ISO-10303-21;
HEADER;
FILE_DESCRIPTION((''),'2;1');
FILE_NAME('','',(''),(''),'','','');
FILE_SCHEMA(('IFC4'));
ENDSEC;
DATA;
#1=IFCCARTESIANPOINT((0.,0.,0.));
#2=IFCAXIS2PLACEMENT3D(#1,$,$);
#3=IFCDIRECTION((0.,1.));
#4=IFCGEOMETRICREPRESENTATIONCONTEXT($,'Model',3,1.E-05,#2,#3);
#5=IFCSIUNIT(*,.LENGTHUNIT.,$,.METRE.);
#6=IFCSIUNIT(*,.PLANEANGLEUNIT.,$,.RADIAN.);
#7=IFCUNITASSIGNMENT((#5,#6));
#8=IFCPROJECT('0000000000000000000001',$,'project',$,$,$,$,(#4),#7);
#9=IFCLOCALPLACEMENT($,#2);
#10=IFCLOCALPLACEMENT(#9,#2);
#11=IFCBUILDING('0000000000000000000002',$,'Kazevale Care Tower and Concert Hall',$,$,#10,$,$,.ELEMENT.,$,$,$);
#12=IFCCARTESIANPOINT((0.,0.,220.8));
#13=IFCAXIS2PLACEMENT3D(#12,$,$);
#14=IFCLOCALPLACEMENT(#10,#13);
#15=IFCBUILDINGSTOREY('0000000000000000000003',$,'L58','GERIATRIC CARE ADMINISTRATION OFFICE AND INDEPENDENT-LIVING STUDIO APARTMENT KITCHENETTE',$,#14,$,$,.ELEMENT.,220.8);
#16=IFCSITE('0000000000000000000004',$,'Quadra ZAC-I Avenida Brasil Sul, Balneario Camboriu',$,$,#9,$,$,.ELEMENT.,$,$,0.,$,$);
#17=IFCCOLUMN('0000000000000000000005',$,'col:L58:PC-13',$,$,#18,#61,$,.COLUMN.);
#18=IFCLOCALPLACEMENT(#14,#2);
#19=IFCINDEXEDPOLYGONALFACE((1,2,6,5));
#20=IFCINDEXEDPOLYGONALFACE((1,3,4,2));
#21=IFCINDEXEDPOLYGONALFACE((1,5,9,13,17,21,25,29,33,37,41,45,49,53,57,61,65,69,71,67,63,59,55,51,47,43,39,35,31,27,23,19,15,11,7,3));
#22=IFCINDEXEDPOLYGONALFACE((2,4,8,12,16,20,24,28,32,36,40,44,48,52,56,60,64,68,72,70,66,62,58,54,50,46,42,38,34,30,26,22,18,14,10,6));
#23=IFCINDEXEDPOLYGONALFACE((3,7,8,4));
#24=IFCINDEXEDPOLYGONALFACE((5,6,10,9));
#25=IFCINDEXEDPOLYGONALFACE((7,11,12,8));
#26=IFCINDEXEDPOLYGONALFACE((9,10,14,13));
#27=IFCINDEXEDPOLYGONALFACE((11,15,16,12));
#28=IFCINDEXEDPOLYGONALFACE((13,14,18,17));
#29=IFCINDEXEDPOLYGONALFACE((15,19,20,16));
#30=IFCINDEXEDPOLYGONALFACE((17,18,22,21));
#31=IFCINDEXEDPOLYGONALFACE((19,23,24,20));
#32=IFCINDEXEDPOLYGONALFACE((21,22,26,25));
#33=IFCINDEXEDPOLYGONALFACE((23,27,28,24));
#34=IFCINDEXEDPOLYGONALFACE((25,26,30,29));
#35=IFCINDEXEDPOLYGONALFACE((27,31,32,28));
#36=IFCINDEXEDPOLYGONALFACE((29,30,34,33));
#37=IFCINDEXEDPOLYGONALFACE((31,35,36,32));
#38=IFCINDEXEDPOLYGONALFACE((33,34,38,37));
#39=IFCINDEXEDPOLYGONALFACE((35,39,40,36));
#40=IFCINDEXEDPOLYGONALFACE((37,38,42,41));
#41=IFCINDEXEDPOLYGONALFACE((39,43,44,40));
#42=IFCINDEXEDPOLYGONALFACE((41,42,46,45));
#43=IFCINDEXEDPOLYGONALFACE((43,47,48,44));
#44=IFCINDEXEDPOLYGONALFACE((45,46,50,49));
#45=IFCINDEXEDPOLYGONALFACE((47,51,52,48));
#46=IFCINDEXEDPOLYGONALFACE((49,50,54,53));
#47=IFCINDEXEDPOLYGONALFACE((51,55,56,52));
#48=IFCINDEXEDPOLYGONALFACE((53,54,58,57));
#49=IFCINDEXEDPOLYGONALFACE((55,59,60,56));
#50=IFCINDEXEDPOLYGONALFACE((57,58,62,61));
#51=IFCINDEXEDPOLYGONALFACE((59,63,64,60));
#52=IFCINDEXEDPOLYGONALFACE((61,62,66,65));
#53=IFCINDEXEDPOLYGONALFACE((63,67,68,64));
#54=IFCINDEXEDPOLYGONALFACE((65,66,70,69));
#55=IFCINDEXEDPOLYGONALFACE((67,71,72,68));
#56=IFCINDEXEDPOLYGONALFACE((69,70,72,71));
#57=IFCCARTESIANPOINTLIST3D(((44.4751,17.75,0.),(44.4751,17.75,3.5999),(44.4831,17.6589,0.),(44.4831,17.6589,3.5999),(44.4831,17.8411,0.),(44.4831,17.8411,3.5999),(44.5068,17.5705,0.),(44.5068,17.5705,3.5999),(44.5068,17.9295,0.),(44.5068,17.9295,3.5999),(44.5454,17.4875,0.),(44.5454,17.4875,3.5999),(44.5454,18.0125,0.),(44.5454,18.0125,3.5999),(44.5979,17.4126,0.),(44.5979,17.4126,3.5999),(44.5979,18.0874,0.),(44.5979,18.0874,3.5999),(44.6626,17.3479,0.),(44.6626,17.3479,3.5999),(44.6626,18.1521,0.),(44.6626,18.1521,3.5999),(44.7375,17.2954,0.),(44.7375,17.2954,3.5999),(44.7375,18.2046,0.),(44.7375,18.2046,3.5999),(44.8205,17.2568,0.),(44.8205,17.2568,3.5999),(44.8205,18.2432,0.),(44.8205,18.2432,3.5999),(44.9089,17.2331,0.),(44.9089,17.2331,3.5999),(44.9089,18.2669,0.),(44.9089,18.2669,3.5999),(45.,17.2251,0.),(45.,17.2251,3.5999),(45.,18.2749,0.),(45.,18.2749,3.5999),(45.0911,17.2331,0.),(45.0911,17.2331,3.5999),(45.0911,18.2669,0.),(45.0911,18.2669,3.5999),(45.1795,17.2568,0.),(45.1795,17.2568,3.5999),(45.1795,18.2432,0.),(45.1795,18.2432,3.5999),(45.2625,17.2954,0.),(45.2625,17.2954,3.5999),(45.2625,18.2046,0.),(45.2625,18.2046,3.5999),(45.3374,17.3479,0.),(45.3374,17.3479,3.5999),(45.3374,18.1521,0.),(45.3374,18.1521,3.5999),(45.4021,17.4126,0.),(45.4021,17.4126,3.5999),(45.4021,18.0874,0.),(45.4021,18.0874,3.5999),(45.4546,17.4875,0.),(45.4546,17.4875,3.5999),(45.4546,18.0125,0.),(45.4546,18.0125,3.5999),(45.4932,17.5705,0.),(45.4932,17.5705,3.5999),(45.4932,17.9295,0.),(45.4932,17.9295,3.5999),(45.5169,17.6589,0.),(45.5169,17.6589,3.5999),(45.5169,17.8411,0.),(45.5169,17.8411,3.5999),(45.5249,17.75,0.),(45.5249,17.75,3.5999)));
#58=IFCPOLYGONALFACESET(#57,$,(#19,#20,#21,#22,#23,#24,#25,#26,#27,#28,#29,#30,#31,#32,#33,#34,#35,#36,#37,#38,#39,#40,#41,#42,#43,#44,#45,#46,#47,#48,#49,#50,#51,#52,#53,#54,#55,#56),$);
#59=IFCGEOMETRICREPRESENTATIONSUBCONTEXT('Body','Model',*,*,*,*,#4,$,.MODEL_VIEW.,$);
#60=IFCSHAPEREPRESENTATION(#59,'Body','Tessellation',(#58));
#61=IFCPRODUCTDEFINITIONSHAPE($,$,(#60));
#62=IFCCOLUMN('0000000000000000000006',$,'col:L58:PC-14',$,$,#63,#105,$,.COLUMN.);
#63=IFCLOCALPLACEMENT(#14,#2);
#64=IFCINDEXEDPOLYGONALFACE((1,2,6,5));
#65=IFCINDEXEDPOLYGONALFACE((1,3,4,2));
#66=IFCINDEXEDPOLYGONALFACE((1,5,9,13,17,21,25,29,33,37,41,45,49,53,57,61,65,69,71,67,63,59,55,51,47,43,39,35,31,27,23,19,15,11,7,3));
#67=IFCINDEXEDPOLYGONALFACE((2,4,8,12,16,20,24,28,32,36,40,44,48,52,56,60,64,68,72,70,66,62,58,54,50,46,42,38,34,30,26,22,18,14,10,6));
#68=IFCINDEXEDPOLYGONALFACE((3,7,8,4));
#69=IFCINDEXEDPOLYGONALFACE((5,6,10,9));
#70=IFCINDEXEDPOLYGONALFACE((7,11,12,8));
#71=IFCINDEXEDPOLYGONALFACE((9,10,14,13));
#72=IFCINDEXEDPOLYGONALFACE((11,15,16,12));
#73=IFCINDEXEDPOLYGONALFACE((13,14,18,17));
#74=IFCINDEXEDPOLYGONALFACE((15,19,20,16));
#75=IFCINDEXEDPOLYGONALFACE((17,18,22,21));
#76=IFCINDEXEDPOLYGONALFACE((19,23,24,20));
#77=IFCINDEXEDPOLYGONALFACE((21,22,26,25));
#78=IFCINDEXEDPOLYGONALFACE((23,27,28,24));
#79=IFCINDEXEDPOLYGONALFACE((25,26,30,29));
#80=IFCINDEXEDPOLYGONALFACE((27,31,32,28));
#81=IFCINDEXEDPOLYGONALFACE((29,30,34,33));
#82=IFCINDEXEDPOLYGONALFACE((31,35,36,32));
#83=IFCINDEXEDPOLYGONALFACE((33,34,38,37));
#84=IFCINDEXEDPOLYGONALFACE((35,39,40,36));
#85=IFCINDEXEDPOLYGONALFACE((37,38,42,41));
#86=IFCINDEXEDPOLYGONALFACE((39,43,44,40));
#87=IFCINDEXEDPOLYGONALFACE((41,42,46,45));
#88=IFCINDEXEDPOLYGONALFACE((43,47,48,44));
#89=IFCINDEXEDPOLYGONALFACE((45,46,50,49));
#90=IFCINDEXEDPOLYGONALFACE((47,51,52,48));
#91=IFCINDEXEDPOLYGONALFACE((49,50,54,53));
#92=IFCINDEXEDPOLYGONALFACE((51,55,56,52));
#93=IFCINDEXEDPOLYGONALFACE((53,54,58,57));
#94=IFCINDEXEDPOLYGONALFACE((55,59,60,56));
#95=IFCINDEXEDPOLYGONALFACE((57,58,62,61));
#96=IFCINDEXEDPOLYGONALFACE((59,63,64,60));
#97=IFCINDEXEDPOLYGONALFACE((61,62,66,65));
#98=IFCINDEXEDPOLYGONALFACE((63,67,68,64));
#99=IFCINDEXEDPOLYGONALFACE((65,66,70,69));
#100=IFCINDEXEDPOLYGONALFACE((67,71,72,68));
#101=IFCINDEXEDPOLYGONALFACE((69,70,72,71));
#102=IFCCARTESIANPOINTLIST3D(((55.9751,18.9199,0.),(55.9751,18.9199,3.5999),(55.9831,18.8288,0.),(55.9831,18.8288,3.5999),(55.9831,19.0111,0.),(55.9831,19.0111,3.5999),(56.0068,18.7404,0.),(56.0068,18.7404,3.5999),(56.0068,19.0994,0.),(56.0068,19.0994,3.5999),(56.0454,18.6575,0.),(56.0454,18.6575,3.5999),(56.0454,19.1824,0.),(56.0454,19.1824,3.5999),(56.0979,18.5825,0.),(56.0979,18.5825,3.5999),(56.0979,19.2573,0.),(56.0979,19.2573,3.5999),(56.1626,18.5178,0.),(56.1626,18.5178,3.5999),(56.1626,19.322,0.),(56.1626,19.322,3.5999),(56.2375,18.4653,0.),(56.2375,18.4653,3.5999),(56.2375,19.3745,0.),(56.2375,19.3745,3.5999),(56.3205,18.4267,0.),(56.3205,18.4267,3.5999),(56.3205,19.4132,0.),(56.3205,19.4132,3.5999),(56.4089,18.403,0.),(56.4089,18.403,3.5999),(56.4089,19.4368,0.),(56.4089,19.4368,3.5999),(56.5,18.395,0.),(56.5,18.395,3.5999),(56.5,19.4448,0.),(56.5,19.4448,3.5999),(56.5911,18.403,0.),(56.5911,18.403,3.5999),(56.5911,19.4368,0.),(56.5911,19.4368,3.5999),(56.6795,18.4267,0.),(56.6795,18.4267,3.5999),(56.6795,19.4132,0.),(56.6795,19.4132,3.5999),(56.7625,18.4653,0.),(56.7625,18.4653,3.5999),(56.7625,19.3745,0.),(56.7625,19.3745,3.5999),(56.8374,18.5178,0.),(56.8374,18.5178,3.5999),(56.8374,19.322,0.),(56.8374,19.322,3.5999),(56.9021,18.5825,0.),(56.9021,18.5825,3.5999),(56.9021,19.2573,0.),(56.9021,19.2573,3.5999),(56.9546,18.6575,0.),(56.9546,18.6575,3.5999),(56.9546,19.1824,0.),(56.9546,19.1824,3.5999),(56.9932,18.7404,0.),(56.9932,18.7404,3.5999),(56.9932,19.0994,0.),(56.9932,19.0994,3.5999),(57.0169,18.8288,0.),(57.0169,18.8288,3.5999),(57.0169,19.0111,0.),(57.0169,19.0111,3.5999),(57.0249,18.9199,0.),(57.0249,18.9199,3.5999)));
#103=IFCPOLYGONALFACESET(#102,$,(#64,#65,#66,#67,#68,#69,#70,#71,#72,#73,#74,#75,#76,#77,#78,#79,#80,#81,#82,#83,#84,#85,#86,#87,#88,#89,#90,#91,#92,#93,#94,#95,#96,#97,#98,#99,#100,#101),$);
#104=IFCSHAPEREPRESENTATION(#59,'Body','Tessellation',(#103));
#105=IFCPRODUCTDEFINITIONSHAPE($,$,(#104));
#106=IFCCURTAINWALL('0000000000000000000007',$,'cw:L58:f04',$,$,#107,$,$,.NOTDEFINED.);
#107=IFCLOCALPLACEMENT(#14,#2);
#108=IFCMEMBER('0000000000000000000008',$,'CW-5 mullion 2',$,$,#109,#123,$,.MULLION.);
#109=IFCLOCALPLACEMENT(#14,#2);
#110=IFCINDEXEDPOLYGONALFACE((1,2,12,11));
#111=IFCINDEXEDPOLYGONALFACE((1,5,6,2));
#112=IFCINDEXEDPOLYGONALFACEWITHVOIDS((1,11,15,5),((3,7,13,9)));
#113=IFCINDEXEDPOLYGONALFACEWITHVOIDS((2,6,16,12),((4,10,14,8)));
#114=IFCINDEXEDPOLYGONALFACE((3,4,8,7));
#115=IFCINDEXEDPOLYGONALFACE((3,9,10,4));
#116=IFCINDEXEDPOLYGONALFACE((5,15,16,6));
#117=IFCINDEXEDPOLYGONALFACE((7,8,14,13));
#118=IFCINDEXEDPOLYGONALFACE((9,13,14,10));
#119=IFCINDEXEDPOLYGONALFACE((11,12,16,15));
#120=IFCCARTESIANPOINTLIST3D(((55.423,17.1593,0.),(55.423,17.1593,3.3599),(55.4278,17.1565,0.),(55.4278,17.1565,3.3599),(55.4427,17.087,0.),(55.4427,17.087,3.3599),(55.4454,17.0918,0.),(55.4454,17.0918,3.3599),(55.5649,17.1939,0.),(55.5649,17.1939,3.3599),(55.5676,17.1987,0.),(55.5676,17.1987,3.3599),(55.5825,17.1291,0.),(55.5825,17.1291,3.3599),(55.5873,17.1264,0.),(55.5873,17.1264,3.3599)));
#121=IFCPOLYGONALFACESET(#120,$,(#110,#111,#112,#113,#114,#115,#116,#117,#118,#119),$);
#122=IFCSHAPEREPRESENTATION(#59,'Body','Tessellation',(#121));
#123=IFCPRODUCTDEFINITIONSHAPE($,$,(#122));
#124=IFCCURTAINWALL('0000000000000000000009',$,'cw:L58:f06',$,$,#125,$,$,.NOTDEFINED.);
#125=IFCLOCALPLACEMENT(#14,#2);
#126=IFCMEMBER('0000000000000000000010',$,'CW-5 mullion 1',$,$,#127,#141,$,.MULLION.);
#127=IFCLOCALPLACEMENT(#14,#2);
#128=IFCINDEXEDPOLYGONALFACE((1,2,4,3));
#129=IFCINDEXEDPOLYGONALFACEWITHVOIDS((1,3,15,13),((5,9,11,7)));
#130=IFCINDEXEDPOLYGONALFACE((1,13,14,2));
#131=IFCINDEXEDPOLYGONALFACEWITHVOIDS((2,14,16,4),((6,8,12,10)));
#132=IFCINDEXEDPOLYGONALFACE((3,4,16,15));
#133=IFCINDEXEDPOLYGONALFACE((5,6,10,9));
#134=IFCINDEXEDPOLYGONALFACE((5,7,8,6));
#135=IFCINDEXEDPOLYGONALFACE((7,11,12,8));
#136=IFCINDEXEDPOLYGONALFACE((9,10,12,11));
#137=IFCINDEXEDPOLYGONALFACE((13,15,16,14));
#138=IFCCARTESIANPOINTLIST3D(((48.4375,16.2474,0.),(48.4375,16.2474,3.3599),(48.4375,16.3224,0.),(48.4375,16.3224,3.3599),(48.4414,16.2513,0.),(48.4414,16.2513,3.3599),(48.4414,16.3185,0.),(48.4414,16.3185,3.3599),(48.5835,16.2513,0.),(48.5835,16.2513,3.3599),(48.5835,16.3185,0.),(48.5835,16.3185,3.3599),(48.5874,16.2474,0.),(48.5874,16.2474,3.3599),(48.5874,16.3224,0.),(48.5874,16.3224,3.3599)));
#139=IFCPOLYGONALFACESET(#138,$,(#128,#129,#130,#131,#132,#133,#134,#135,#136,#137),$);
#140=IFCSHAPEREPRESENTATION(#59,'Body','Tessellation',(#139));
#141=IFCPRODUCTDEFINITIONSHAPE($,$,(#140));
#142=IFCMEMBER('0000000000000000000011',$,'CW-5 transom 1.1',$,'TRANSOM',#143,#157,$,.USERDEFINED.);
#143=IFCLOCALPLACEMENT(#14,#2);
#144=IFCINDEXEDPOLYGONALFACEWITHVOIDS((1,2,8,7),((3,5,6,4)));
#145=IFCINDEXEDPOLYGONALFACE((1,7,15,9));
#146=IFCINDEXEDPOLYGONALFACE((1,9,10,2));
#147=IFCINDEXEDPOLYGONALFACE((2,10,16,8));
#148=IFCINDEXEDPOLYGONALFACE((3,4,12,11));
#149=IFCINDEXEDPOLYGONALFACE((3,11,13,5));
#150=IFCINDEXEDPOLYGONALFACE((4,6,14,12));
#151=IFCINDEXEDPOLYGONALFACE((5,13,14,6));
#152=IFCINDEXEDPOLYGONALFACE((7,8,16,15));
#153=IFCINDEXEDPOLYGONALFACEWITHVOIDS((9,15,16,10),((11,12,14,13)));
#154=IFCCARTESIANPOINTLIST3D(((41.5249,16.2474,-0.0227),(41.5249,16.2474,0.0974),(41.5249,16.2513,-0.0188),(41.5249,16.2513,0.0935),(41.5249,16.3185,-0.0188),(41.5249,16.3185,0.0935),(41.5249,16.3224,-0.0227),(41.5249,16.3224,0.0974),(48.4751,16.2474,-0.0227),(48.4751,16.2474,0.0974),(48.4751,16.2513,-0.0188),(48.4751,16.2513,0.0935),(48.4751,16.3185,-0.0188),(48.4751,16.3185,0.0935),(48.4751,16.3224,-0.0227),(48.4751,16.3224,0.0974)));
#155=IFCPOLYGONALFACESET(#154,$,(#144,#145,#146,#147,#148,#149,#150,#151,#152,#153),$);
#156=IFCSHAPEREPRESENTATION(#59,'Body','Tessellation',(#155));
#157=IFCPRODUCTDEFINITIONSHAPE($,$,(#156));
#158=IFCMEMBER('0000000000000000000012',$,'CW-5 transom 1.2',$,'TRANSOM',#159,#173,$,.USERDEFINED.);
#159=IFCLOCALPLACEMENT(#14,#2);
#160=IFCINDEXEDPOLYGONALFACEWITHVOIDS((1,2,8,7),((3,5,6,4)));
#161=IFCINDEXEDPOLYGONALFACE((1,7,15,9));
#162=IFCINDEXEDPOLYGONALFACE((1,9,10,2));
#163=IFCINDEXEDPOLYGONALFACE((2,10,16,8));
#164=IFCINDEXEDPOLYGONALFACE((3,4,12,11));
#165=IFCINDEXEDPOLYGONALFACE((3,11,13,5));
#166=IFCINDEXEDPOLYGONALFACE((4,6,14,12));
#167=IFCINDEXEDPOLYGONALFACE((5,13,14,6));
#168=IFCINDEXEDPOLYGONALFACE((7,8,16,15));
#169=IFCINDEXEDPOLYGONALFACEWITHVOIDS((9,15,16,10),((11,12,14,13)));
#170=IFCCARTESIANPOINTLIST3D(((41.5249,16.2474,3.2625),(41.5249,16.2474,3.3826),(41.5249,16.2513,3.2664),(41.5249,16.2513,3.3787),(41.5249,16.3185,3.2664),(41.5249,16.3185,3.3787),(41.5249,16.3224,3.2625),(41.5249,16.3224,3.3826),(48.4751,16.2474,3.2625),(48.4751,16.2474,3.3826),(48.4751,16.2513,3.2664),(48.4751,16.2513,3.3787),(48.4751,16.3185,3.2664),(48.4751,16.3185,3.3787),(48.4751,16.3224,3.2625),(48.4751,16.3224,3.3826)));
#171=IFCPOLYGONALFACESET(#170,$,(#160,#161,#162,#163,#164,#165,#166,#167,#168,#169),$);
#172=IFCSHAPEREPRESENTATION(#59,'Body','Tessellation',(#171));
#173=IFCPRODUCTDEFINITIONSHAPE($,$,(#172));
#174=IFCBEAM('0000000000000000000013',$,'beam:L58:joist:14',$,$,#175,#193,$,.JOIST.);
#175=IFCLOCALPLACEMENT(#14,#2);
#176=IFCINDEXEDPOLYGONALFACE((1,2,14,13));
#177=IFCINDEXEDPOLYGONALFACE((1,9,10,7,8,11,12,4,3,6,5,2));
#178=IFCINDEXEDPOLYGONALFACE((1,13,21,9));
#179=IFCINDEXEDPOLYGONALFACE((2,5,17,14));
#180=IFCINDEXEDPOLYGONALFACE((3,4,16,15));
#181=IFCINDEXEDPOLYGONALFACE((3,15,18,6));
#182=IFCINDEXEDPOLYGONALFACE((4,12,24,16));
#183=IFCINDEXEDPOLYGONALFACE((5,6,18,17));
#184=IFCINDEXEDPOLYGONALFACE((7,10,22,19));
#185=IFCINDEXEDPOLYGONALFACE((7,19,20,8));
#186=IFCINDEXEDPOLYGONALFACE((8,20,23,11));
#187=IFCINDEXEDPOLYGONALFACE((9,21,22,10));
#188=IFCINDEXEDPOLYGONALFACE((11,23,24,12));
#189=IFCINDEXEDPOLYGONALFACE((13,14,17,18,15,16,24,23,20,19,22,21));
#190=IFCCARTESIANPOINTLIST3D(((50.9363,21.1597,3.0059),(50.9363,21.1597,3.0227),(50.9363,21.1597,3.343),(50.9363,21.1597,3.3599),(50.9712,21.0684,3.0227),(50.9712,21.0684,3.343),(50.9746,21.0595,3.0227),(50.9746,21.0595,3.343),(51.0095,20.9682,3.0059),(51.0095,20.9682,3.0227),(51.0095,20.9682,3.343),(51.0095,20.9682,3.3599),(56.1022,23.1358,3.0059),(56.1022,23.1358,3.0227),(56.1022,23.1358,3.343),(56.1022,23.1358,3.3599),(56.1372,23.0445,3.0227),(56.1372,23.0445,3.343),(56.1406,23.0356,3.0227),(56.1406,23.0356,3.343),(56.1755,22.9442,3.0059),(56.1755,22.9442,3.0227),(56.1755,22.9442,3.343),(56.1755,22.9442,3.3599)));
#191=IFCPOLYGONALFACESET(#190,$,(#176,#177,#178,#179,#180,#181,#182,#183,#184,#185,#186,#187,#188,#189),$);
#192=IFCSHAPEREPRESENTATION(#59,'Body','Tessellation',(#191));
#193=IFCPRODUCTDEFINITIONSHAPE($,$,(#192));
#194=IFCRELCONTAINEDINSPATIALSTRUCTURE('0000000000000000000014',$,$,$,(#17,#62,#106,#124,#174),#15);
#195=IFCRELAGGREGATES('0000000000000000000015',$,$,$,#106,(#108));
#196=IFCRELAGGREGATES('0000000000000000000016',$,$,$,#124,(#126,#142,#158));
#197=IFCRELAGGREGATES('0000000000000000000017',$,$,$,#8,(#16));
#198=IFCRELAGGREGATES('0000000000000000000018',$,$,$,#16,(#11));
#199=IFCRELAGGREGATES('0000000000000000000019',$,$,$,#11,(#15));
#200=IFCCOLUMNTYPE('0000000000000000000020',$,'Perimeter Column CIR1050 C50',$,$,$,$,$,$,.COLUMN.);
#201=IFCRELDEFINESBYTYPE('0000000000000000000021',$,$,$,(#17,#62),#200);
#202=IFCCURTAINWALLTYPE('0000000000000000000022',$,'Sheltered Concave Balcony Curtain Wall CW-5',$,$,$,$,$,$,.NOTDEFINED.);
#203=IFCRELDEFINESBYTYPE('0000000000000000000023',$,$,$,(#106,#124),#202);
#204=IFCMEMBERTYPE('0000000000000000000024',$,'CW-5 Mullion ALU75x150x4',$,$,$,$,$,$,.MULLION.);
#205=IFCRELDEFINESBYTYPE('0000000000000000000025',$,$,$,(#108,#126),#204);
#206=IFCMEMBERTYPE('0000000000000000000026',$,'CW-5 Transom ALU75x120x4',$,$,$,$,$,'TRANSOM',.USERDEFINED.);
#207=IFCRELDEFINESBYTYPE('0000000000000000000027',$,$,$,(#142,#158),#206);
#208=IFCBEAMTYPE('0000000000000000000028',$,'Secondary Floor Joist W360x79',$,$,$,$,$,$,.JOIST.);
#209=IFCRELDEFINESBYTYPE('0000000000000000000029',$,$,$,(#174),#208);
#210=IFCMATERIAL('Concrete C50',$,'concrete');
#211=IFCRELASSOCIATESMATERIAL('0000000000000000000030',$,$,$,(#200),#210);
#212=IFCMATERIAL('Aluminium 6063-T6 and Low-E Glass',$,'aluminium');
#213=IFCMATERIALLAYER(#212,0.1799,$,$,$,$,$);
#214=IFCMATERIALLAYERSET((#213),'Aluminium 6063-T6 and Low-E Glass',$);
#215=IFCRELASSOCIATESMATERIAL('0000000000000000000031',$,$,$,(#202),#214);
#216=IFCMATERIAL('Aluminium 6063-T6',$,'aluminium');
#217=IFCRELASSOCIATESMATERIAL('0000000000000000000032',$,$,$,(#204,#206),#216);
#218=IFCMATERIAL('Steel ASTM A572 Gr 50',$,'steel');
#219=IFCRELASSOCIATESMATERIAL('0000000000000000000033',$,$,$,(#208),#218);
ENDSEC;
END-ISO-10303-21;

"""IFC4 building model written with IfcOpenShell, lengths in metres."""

from ifc_helpers import new_model, si_unit, direction, frame, origin, origin_2d, place, context, subcontext, project, spatial, hollow_rectangle, circle, i_section, extrude, material, layer, layer_set, material_profile, profile_set, type_object, element, aggregate, save


model = new_model("IFC4")

# Units and contexts
model_context = context("Model", 3, precision=1e-05, world=origin(), true_north=direction((0.0, 1.0)))
body_context = subcontext(model_context, "Body", "Model", "MODEL_VIEW")
ifc_project = project(units=[si_unit("LENGTHUNIT", "METRE"), si_unit("PLANEANGLEUNIT", "RADIAN")], contexts=[model_context])

# Site, building, storey
site_placement = place(None, origin())
site = spatial("IfcSite", under=ifc_project, at=site_placement, Name="Quadra ZAC-I Avenida Brasil Sul, Balneario Camboriu", CompositionType="ELEMENT", RefElevation=0.0)
building_placement = place(site_placement, origin())
building = spatial("IfcBuilding", under=site, at=building_placement, Name="Kazevale Care Tower and Concert Hall", CompositionType="ELEMENT")
storey_placement = place(building_placement, frame((0.0, 0.0, 220.8)))
storey = spatial("IfcBuildingStorey", under=building, at=storey_placement, Name="L58", Description="GERIATRIC CARE ADMINISTRATION OFFICE AND INDEPENDENT-LIVING STUDIO APARTMENT KITCHENETTE", CompositionType="ELEMENT", Elevation=220.8)

# Columns
ifc_material_1 = material(Name="Concrete C50", Category="concrete")
ifc_material_profile_1 = material_profile(ifc_material_1, circle(Radius=0.5249, at=origin_2d()), Name="RC-CIR1050")
ifc_profile_set_1 = profile_set([ifc_material_profile_1], Name="Concrete C50")
column_type = type_object("IfcColumnType", Name="Perimeter Column CIR1050 C50", PredefinedType="COLUMN", material=ifc_profile_set_1)
for number, where, z_axis, x_axis, name in (
    (1, (45.0, 17.75, 0.0), (0.0, 0.0, 1.0), (1.0, 0.0, 0.0), "col:L58:PC-13"),
    (2, (56.5, 18.9199, 0.0), (0.0, 0.0, 1.0), (1.0, 0.0, 0.0), "col:L58:PC-14"),
):
    element("IfcColumn", number, at=place(storey_placement, frame(where, z_axis=z_axis, x_axis=x_axis)), inside=storey, type_object=column_type, Name=name, PredefinedType="COLUMN", context=body_context, shape_type="SweptSolid", body=[
        extrude(circle(Radius=0.5249, at=origin_2d()), origin(), (0.0, 0.0, 1.0), 3.5999),
    ])

# Curtain wall, member
ifc_material_2 = material(Name="Aluminium 6063-T6 and Low-E Glass", Category="aluminium")
ifc_layer_1 = layer(ifc_material_2, 0.1799)
ifc_layer_set_1 = layer_set([ifc_layer_1], Name="Aluminium 6063-T6 and Low-E Glass")
curtain_wall_type = type_object("IfcCurtainWallType", Name="Sheltered Concave Balcony Curtain Wall CW-5", PredefinedType="NOTDEFINED", material=ifc_layer_set_1)
curtain_wall_1_placement = place(storey_placement, origin())
curtain_wall_1 = element("IfcCurtainWall", 3, at=curtain_wall_1_placement, inside=storey, type_object=curtain_wall_type, Name="cw:L58:f04", PredefinedType="NOTDEFINED")
ifc_material_3 = material(Name="Aluminium 6063-T6", Category="aluminium")
ifc_material_profile_2 = material_profile(ifc_material_3, hollow_rectangle(XDim=0.075, YDim=0.1499, WallThickness=0.0039, at=origin_2d()), Name="ALU75x150x4")
ifc_profile_set_2 = profile_set([ifc_material_profile_2], Name="Aluminium 6063-T6")
member_type_1 = type_object("IfcMemberType", Name="CW-5 Mullion ALU75x150x4", PredefinedType="MULLION", material=ifc_profile_set_2)
member_1_placement = place(storey_placement, frame((55.5051, 17.1428, 0.0), z_axis=(0.0, 0.0, 1.0), x_axis=(0.262849, -0.964837, 0.0)))
member_1 = element("IfcMember", 4, at=member_1_placement, type_object=member_type_1, Name="CW-5 mullion 2", PredefinedType="MULLION", context=body_context, shape_type="SweptSolid", body=[
    extrude(hollow_rectangle(XDim=0.075, YDim=0.1499, WallThickness=0.0039, at=origin_2d()), origin(), (0.0, 0.0, 1.0), 3.3599),
])
aggregate(curtain_wall_1, [member_1])

# Curtain wall, members
curtain_wall_2_placement = place(storey_placement, origin())
curtain_wall_2 = element("IfcCurtainWall", 5, at=curtain_wall_2_placement, inside=storey, type_object=curtain_wall_type, Name="cw:L58:f06", PredefinedType="NOTDEFINED")
member_2_placement = place(storey_placement, frame((48.5125, 16.2849, 0.0), z_axis=(0.0, 0.0, 1.0), x_axis=(0.0, -1.0, 0.0)))
member_2 = element("IfcMember", 6, at=member_2_placement, type_object=member_type_1, Name="CW-5 mullion 1", PredefinedType="MULLION", context=body_context, shape_type="SweptSolid", body=[
    extrude(hollow_rectangle(XDim=0.075, YDim=0.1499, WallThickness=0.0039, at=origin_2d()), origin(), (0.0, 0.0, 1.0), 3.3599),
])
ifc_material_profile_3 = material_profile(ifc_material_3, hollow_rectangle(XDim=0.075, YDim=0.1201, WallThickness=0.0039, at=origin_2d()), Name="ALU75x120x4")
ifc_profile_set_3 = profile_set([ifc_material_profile_3], Name="Aluminium 6063-T6")
member_type_2 = type_object("IfcMemberType", Name="CW-5 Transom ALU75x120x4", ElementType="TRANSOM", PredefinedType="USERDEFINED", material=ifc_profile_set_3)
member_3_placement = place(storey_placement, frame((48.4751, 16.2849, 0.0374), z_axis=(-1.0, 0.0, 0.0), x_axis=(0.0, -1.0, 0.0)))
member_3 = element("IfcMember", 7, at=member_3_placement, type_object=member_type_2, Name="CW-5 transom 1.1", ObjectType="TRANSOM", PredefinedType="USERDEFINED", context=body_context, shape_type="SweptSolid", body=[
    extrude(hollow_rectangle(XDim=0.075, YDim=0.1201, WallThickness=0.0039, at=origin_2d()), origin(), (0.0, 0.0, 1.0), 6.9502),
])
member_4_placement = place(storey_placement, frame((48.4751, 16.2849, 3.3225), z_axis=(-1.0, 0.0, 0.0), x_axis=(0.0, -1.0, 0.0)))
member_4 = element("IfcMember", 8, at=member_4_placement, type_object=member_type_2, Name="CW-5 transom 1.2", ObjectType="TRANSOM", PredefinedType="USERDEFINED", context=body_context, shape_type="SweptSolid", body=[
    extrude(hollow_rectangle(XDim=0.075, YDim=0.1201, WallThickness=0.0039, at=origin_2d()), origin(), (0.0, 0.0, 1.0), 6.9502),
])

# Beam
ifc_material_4 = material(Name="Steel ASTM A572 Gr 50", Category="steel")
ifc_material_profile_4 = material_profile(ifc_material_4, i_section(OverallWidth=0.2051, OverallDepth=0.354, WebThickness=0.0095, FlangeThickness=0.0168, at=origin_2d()), Name="W360x79")
ifc_profile_set_4 = profile_set([ifc_material_profile_4], Name="Steel ASTM A572 Gr 50")
beam_type_1 = type_object("IfcBeamType", Name="Secondary Floor Joist W360x79", PredefinedType="JOIST", material=ifc_profile_set_4)
beam_1_placement = place(storey_placement, frame((50.9729, 21.064, 3.1829), z_axis=(0.934002, 0.357269, 0.0), x_axis=(-0.357269, 0.934002, 0.0)))
element("IfcBeam", 9, at=beam_1_placement, inside=storey, type_object=beam_type_1, Name="beam:L58:joist:14", PredefinedType="JOIST", context=body_context, shape_type="SweptSolid", body=[
    extrude(i_section(OverallWidth=0.2051, OverallDepth=0.354, WebThickness=0.0095, FlangeThickness=0.0168, at=origin_2d()), origin(), (0.0, 0.0, 1.0), 5.531),
])

aggregate(curtain_wall_2, [member_2, member_3, member_4])

save(model, "model.ifc")
